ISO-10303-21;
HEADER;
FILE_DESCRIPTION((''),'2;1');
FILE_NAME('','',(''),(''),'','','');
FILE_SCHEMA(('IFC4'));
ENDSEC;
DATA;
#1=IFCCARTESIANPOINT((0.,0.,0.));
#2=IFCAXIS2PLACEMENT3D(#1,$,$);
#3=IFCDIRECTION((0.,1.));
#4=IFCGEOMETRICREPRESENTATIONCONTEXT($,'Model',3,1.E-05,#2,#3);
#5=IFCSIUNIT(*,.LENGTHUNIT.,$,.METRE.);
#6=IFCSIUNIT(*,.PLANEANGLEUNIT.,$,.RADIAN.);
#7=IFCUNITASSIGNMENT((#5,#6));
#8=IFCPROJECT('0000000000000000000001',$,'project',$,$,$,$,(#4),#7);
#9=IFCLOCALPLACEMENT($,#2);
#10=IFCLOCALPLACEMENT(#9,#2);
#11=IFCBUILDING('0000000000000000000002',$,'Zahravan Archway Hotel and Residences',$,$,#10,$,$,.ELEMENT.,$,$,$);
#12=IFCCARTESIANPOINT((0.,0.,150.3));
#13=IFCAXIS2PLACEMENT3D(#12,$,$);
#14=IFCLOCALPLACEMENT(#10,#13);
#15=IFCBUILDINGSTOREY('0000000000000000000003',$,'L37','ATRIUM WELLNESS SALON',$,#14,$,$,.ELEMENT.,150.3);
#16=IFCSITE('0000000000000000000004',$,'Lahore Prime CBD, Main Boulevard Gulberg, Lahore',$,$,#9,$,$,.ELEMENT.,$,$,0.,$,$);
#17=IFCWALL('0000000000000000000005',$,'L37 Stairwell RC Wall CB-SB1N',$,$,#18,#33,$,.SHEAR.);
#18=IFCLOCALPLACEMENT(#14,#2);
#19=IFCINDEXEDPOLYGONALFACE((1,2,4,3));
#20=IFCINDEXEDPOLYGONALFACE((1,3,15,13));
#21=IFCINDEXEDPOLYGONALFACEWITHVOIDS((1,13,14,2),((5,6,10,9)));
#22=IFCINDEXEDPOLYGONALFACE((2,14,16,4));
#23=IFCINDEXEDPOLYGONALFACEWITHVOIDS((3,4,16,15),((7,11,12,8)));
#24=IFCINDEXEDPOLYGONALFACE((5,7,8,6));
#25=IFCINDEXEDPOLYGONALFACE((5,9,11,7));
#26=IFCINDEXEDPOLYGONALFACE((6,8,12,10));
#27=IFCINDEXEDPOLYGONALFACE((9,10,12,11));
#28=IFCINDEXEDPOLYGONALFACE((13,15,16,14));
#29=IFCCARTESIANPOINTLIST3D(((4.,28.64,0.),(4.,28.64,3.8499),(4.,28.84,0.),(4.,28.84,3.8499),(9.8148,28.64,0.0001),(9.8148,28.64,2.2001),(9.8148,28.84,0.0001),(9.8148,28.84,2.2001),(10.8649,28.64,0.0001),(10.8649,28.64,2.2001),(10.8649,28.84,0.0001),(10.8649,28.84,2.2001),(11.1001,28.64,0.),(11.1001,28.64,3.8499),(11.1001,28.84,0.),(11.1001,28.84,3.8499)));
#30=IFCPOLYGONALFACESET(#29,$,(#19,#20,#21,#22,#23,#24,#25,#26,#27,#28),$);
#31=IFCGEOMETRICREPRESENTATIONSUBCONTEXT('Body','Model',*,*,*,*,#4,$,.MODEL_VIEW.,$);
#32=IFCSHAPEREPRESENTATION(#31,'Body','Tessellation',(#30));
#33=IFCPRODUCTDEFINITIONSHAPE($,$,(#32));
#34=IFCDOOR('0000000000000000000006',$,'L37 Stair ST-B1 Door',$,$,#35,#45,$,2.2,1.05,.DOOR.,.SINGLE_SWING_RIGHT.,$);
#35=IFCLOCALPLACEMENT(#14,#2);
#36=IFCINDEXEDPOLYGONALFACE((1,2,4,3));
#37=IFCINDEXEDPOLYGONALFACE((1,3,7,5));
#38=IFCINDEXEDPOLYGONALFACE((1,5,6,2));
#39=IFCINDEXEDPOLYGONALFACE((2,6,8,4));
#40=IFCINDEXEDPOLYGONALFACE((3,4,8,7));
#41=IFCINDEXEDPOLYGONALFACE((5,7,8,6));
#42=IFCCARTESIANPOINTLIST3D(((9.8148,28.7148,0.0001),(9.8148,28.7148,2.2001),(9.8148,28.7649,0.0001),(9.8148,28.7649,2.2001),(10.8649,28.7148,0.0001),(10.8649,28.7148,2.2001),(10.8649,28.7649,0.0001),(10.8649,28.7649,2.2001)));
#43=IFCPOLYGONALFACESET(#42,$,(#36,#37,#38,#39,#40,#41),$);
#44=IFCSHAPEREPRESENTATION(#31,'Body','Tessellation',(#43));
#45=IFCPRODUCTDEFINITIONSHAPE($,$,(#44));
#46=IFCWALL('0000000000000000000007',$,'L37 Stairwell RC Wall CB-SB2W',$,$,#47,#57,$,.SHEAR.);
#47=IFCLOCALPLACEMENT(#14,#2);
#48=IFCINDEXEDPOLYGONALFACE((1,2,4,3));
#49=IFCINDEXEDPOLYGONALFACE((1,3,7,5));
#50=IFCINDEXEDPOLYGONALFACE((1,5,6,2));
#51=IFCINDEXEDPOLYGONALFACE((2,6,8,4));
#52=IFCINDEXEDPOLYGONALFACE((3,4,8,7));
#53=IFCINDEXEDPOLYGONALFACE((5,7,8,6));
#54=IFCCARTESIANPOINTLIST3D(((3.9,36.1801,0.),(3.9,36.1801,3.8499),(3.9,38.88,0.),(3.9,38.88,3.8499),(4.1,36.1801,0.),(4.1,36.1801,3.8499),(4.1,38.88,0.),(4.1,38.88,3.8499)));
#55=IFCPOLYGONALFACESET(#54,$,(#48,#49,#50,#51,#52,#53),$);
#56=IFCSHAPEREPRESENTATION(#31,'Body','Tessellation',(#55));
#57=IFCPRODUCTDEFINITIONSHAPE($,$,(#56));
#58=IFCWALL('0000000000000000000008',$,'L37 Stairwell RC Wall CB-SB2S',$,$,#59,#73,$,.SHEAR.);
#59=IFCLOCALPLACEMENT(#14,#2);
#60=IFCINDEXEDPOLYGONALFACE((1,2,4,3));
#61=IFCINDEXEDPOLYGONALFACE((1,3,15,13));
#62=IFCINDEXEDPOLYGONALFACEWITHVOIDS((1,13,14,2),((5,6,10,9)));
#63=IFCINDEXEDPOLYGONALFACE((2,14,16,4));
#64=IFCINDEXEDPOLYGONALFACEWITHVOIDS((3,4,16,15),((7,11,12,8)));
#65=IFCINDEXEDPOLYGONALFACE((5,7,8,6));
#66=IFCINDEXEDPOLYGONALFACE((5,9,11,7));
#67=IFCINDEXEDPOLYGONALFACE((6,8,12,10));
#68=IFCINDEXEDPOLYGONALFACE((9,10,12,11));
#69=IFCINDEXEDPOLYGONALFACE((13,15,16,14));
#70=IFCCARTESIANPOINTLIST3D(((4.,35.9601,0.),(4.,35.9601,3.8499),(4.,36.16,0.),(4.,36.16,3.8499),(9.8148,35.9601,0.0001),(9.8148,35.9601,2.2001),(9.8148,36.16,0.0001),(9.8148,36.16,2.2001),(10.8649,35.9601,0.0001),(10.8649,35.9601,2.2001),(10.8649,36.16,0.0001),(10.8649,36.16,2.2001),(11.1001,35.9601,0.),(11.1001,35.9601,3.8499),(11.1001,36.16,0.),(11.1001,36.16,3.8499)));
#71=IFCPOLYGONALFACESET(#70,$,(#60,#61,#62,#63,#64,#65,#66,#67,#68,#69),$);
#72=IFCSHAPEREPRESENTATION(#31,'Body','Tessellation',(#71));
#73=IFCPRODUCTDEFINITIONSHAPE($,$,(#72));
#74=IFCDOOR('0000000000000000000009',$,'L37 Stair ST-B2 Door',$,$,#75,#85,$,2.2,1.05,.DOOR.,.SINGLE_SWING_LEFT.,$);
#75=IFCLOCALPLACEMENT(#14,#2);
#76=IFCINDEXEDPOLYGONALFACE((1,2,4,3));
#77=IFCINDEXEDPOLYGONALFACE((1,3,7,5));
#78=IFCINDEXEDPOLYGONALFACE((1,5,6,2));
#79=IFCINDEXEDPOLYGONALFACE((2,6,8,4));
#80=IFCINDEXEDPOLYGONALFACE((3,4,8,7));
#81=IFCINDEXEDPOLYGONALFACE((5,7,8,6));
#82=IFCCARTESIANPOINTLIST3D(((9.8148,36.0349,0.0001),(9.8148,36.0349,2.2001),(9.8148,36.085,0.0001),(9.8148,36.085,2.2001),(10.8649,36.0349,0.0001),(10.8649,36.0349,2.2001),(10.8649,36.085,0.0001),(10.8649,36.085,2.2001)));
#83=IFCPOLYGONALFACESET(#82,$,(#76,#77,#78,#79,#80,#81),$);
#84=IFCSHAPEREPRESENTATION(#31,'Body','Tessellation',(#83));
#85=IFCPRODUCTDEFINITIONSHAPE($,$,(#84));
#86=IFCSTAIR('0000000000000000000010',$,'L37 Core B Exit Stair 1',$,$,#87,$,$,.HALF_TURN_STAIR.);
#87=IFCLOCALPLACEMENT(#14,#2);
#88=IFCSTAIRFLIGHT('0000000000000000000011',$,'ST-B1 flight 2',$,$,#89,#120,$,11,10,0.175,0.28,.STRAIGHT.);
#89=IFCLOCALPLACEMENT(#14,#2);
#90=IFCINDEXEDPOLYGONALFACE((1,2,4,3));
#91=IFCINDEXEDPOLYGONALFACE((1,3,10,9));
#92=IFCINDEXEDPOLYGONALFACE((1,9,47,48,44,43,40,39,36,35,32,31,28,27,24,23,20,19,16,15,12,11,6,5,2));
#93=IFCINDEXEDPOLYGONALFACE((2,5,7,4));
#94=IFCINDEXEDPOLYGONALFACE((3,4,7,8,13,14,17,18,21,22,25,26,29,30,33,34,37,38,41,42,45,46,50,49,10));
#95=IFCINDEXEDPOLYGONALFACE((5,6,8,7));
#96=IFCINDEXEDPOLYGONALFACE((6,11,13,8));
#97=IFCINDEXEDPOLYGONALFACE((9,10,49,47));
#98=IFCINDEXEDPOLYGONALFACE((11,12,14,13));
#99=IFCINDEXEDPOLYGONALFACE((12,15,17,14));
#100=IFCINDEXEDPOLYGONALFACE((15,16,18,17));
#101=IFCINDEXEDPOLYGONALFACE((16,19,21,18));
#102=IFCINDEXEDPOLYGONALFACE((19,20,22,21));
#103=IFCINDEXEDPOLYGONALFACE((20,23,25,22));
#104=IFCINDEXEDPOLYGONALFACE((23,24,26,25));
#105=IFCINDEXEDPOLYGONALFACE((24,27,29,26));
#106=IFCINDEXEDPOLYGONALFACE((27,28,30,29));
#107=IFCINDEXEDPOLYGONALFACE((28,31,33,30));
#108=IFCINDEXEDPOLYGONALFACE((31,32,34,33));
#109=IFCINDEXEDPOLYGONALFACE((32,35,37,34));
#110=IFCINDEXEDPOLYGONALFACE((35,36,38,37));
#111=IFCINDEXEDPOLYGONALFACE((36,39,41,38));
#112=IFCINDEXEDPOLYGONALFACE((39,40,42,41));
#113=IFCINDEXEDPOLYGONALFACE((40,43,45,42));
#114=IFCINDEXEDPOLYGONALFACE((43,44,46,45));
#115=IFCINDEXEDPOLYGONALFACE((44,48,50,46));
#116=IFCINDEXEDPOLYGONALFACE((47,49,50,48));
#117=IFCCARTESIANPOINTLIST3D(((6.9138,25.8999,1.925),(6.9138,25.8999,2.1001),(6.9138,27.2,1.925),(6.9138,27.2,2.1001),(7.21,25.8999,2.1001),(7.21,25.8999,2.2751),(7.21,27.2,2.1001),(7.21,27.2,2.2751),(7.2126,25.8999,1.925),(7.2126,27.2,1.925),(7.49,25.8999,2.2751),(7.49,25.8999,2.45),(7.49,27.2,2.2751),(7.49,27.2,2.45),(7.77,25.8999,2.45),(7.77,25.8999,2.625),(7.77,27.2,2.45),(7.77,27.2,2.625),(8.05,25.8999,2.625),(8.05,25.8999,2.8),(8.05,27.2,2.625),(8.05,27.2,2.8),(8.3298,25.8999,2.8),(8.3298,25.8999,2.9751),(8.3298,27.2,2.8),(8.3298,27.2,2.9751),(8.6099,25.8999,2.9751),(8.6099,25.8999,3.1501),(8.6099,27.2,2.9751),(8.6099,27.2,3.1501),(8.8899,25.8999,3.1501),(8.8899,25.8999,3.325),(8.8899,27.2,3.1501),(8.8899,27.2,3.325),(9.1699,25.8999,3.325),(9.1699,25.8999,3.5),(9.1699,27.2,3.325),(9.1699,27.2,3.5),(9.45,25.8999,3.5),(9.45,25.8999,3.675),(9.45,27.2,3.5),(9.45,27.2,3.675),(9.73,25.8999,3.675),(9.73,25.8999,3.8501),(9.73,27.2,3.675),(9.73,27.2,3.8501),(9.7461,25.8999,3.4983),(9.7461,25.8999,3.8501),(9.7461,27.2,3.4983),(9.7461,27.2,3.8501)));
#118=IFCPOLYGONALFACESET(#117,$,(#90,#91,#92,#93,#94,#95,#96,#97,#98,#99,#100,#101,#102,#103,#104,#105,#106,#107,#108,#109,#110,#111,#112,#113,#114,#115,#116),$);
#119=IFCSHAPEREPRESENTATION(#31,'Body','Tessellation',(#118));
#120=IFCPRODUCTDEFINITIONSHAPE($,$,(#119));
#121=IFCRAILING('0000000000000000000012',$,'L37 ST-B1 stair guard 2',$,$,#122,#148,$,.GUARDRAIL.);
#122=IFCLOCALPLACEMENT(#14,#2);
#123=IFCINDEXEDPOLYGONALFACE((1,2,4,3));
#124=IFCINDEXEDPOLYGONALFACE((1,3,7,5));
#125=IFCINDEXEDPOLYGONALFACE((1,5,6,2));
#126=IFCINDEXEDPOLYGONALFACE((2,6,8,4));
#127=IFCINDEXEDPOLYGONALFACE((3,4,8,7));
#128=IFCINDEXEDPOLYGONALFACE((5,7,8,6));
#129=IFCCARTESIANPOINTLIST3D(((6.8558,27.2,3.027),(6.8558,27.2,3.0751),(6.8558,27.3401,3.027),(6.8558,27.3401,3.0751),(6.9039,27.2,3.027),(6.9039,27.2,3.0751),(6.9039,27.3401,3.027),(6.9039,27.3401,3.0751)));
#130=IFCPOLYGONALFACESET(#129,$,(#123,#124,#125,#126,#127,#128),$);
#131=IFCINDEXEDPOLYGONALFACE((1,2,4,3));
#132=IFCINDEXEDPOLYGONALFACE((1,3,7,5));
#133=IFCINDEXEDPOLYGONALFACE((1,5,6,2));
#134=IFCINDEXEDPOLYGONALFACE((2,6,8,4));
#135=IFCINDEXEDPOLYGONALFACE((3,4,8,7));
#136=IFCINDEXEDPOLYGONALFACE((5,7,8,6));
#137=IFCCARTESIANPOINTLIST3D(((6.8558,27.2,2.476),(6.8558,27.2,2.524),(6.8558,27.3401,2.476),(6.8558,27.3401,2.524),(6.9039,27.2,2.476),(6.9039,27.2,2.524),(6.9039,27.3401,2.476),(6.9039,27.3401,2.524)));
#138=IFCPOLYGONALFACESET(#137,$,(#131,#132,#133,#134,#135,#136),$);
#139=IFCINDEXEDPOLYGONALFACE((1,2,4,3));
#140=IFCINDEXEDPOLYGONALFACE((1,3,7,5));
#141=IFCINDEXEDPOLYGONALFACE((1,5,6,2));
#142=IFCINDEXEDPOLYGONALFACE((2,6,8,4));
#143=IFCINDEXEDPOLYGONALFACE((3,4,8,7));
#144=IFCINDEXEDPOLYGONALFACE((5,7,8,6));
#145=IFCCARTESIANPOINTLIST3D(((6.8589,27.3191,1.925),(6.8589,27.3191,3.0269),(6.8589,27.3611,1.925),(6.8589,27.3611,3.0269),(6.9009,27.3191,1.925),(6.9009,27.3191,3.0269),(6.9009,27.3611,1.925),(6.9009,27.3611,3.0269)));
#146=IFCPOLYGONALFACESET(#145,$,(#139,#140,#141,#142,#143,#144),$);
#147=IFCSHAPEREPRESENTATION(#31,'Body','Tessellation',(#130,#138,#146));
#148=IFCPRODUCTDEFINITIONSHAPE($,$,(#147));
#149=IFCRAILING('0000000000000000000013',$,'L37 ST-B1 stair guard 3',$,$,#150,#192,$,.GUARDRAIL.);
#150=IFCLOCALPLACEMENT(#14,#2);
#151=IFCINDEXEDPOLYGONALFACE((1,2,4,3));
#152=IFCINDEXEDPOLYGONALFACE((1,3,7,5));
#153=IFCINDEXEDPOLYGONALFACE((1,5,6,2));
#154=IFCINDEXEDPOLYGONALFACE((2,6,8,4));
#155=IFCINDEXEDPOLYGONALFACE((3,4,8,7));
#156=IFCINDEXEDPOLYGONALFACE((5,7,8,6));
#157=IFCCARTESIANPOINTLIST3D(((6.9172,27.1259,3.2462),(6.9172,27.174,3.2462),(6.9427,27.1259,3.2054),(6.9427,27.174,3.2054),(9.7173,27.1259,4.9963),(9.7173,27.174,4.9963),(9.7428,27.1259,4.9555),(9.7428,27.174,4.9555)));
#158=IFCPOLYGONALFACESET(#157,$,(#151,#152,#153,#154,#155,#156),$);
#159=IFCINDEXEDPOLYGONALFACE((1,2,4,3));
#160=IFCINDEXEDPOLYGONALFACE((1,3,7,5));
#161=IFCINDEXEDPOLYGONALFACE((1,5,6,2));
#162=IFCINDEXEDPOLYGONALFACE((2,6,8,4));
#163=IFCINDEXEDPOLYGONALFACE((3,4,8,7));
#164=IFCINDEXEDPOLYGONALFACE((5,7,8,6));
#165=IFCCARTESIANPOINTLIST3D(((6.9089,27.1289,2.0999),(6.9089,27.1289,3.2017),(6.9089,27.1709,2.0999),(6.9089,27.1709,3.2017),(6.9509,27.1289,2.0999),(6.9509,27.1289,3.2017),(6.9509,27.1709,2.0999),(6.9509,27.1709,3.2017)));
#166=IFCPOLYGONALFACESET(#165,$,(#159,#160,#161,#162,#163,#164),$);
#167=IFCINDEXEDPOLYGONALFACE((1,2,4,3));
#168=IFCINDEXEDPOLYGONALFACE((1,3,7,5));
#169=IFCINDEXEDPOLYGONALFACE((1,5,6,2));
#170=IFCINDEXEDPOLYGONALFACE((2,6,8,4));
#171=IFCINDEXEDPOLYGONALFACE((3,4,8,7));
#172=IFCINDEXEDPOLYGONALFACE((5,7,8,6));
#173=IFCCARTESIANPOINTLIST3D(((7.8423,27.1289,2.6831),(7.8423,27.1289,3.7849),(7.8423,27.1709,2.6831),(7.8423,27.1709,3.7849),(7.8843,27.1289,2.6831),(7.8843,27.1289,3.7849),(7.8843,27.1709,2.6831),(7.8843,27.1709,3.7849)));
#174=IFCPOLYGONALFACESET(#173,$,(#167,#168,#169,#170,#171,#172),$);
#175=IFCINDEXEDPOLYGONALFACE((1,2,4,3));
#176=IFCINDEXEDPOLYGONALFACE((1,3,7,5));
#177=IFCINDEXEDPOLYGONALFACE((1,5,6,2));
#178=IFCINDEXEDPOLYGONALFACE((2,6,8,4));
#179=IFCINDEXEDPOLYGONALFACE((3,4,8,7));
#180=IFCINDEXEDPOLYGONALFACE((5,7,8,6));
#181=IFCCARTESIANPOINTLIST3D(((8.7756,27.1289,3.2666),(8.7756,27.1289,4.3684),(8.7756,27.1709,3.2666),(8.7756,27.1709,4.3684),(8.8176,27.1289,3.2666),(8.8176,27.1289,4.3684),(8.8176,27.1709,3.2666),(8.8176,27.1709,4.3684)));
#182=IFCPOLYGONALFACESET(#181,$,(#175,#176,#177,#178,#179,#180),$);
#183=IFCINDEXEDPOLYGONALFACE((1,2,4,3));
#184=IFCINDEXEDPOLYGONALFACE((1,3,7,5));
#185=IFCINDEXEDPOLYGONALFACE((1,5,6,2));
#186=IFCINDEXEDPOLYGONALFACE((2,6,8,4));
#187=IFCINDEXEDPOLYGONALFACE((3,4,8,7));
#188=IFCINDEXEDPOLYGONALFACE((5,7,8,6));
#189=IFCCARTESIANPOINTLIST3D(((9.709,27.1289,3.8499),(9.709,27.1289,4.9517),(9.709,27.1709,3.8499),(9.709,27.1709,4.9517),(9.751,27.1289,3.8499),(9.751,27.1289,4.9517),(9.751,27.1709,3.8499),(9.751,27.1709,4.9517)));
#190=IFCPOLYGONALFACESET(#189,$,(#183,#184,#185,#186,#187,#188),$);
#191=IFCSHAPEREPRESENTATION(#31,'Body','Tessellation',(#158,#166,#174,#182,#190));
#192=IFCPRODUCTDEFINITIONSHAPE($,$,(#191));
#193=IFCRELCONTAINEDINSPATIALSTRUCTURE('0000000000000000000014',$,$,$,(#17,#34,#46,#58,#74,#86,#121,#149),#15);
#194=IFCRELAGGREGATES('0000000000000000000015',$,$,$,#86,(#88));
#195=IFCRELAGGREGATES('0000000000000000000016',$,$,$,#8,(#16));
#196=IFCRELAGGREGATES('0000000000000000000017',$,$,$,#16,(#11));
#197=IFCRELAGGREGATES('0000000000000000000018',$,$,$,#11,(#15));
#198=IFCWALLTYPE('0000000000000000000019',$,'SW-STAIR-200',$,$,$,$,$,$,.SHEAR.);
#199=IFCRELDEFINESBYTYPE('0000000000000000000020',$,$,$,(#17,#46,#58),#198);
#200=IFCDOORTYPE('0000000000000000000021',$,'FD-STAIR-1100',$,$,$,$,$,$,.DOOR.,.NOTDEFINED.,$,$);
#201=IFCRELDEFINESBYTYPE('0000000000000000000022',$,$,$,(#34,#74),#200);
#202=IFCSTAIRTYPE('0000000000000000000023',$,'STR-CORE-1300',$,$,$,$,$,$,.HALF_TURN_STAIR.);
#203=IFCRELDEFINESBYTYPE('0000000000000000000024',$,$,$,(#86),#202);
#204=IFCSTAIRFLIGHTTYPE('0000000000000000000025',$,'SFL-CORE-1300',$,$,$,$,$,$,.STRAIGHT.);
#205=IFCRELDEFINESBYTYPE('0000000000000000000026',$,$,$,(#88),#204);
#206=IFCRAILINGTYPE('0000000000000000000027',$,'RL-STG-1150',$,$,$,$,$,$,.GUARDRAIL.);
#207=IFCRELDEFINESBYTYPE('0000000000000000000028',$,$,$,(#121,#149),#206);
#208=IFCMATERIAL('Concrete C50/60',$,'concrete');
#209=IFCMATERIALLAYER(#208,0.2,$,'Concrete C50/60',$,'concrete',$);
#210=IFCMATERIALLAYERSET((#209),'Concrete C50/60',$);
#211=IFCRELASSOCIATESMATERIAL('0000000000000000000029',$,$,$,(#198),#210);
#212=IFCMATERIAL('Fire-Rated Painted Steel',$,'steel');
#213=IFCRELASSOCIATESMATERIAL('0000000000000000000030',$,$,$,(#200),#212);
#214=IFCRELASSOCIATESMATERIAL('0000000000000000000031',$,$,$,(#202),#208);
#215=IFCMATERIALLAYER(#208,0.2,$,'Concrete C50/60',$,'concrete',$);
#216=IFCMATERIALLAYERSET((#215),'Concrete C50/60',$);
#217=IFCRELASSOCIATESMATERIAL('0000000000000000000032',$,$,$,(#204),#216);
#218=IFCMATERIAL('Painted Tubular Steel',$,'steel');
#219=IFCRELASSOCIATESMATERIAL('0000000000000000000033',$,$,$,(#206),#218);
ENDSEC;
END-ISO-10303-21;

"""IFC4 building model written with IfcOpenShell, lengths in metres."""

from ifc_helpers import new_model, si_unit, direction, frame, frame_2d, origin, origin_2d, place, context, subcontext, project, spatial, polyline, rectangle, outline, extrude, source, transform, mapped, material, layer, layer_set, type_object, type_shapes, element, fill, aggregate, save


model = new_model("IFC4")

# Units and contexts
model_context = context("Model", 3, precision=1e-05, world=origin(), true_north=direction((0.0, 1.0)))
body_context = subcontext(model_context, "Body", "Model", "MODEL_VIEW")
ifc_project = project(units=[si_unit("LENGTHUNIT", "METRE"), si_unit("PLANEANGLEUNIT", "RADIAN")], contexts=[model_context])

# Site, building, storey
site_placement = place(None, origin())
site = spatial("IfcSite", under=ifc_project, at=site_placement, Name="Lahore Prime CBD, Main Boulevard Gulberg, Lahore", CompositionType="ELEMENT", RefElevation=0.0)
building_placement = place(site_placement, origin())
building = spatial("IfcBuilding", under=site, at=building_placement, Name="Zahravan Archway Hotel and Residences", CompositionType="ELEMENT")
storey_placement = place(building_placement, frame((0.0, 0.0, 150.3)))
storey = spatial("IfcBuildingStorey", under=building, at=storey_placement, Name="L37", Description="ATRIUM WELLNESS SALON", CompositionType="ELEMENT", Elevation=150.3)

# Shared definitions
ifc_material_1 = material(Name="Fire-Rated Painted Steel", Category="steel")

# Shared definitions
ifc_material_2 = material(Name="Concrete C50/60", Category="concrete")
ifc_layer_1 = layer(ifc_material_2, 0.2, Name="Concrete C50/60", Category="concrete")
ifc_layer_set_1 = layer_set([ifc_layer_1], Name="Concrete C50/60")
wall_type_1 = type_object("IfcWallType", Name="SW-STAIR-200", PredefinedType="SHEAR", material=ifc_layer_set_1)

# Wall, opening, door
wall_1_placement = place(storey_placement, frame((4.0, 28.74, 0.0), z_axis=(0.0, 0.0, 1.0), x_axis=(1.0, 0.0, 0.0)))
wall_1 = element("IfcWall", 1, at=wall_1_placement, inside=storey, type_object=wall_type_1, Name="L37 Stairwell RC Wall CB-SB1N", PredefinedType="SHEAR", context=body_context, shape_type="SweptSolid", body=[
    extrude(rectangle(XDim=7.1001, YDim=0.2, at=frame_2d((3.55, 0.0))), origin(), (0.0, 0.0, 1.0), 3.8499),
])
opening_1_placement = place(wall_1_placement, frame((5.8149, 0.0, 0.0)))
opening_1 = element("IfcOpeningElement", 2, at=opening_1_placement, cuts=wall_1, PredefinedType="OPENING", context=body_context, shape_type="SweptSolid", body=[
    extrude(rectangle(XDim=1.05, YDim=2.2, at=frame_2d((0.5249, 1.1001))), frame((0.0, 0.1099, 0.0), z_axis=(0.0, -1.0, 0.0), x_axis=(1.0, 0.0, 0.0)), (0.0, 0.0, 1.0), 0.22),
])
door_type_1 = type_object("IfcDoorType", Name="FD-STAIR-1100", OperationType="NOTDEFINED", PredefinedType="DOOR", material=ifc_material_1)
shared_shape_1 = source(origin(), body_context, "Body", "SweptSolid", [
    extrude(rectangle(XDim=1.05, YDim=2.2, at=frame_2d((0.5249, 1.1001))), frame((0.0, 0.0249, 0.0), z_axis=(0.0, -1.0, 0.0), x_axis=(1.0, 0.0, 0.0)), (0.0, 0.0, 1.0), 0.05),
])
type_shapes(door_type_1, [shared_shape_1])
door_1_placement = place(opening_1_placement, origin())
door_1 = element("IfcDoor", 3, at=door_1_placement, inside=storey, type_object=door_type_1, Name="L37 Stair ST-B1 Door", OperationType="SINGLE_SWING_RIGHT", OverallHeight=2.2, OverallWidth=1.05, PredefinedType="DOOR", context=body_context, shape_type="MappedRepresentation", body=[
    mapped(shared_shape_1, transform((0.0, 0.0, 0.0), scale=1.0)),
])
fill(opening_1, door_1)

# Wall
wall_2_placement = place(storey_placement, frame((4.0, 36.1799, 0.0), z_axis=(0.0, 0.0, 1.0), x_axis=(0.0, 1.0, 0.0)))
element("IfcWall", 4, at=wall_2_placement, inside=storey, type_object=wall_type_1, Name="L37 Stairwell RC Wall CB-SB2W", PredefinedType="SHEAR", context=body_context, shape_type="SweptSolid", body=[
    extrude(rectangle(XDim=2.7, YDim=0.2, at=frame_2d((1.3501, 0.0))), origin(), (0.0, 0.0, 1.0), 3.8499),
])

# Wall, opening, door
wall_3_placement = place(storey_placement, frame((4.0, 36.0601, 0.0), z_axis=(0.0, 0.0, 1.0), x_axis=(1.0, 0.0, 0.0)))
wall_3 = element("IfcWall", 5, at=wall_3_placement, inside=storey, type_object=wall_type_1, Name="L37 Stairwell RC Wall CB-SB2S", PredefinedType="SHEAR", context=body_context, shape_type="SweptSolid", body=[
    extrude(rectangle(XDim=7.1001, YDim=0.2, at=frame_2d((3.55, 0.0))), origin(), (0.0, 0.0, 1.0), 3.8499),
])
opening_2_placement = place(wall_3_placement, frame((5.8149, 0.0, 0.0)))
opening_2 = element("IfcOpeningElement", 6, at=opening_2_placement, cuts=wall_3, PredefinedType="OPENING", context=body_context, shape_type="SweptSolid", body=[
    extrude(rectangle(XDim=1.05, YDim=2.2, at=frame_2d((0.5249, 1.1001))), frame((0.0, 0.1099, 0.0), z_axis=(0.0, -1.0, 0.0), x_axis=(1.0, 0.0, 0.0)), (0.0, 0.0, 1.0), 0.22),
])
door_2_placement = place(opening_2_placement, origin())
door_2 = element("IfcDoor", 7, at=door_2_placement, inside=storey, type_object=door_type_1, Name="L37 Stair ST-B2 Door", OperationType="SINGLE_SWING_LEFT", OverallHeight=2.2, OverallWidth=1.05, PredefinedType="DOOR", context=body_context, shape_type="MappedRepresentation", body=[
    mapped(shared_shape_1, transform((0.0, 0.0, 0.0), scale=1.0)),
])
fill(opening_2, door_2)

# Stair, stair flight
stair_type = type_object("IfcStairType", Name="STR-CORE-1300", PredefinedType="HALF_TURN_STAIR", material=ifc_material_2)
stair_placement = place(storey_placement, origin())
stair = element("IfcStair", 8, at=stair_placement, inside=storey, type_object=stair_type, Name="L37 Core B Exit Stair 1", PredefinedType="HALF_TURN_STAIR")
ifc_layer_2 = layer(ifc_material_2, 0.2, Name="Concrete C50/60", Category="concrete")
ifc_layer_set_2 = layer_set([ifc_layer_2], Name="Concrete C50/60")
stair_flight_type = type_object("IfcStairFlightType", Name="SFL-CORE-1300", PredefinedType="STRAIGHT", material=ifc_layer_set_2)
shared_shape_2 = source(origin(), body_context, "Body", "SweptSolid", [
    extrude(outline(polyline([(-0.0161, 0.0), (-0.0161, 0.175), (0.28, 0.175), (0.28, 0.3501), (0.5601, 0.3501), (0.5601, 0.5249), (0.8401, 0.5249), (0.8401, 0.7), (1.1201, 0.7), (1.1201, 0.875), (1.3999, 0.875), (1.3999, 1.05), (1.6799, 1.05), (1.6799, 1.2251), (1.96, 1.2251), (1.96, 1.3999), (2.24, 1.3999), (2.24, 1.575), (2.52, 1.575), (2.52, 1.75), (2.8, 1.75), (2.8, 1.925), (2.8162, 1.925), (2.8162, 1.5732), (0.2827, 0.0), (-0.0161, 0.0)])), frame((0.0, 0.6499, 0.0), z_axis=(0.0, -1.0, 0.0), x_axis=(1.0, 0.0, 0.0)), (0.0, 0.0, 1.0), 1.3),
])
stair_flight_placement = place(storey_placement, frame((6.9299, 26.55, 1.925), z_axis=(0.0, 0.0, 1.0), x_axis=(1.0, 0.0, 0.0)))
stair_flight = element("IfcStairFlight", 9, at=stair_flight_placement, type_object=stair_flight_type, Name="ST-B1 flight 2", NumberOfRisers=11, NumberOfTreads=10, PredefinedType="STRAIGHT", RiserHeight=0.175, TreadLength=0.28, context=body_context, shape_type="MappedRepresentation", body=[
    mapped(shared_shape_2, transform((0.0, 0.0, 0.0), scale=1.0)),
])
aggregate(stair, [stair_flight])

# Railings
ifc_material_3 = material(Name="Painted Tubular Steel", Category="steel")
railing_type_1 = type_object("IfcRailingType", Name="RL-STG-1150", PredefinedType="GUARDRAIL", material=ifc_material_3)
railing_1_placement = place(storey_placement, frame((6.8799, 27.3401, 1.925)))
element("IfcRailing", 10, at=railing_1_placement, inside=storey, type_object=railing_type_1, Name="L37 ST-B1 stair guard 2", PredefinedType="GUARDRAIL", context=body_context, shape_type="SweptSolid", body=[
    extrude(rectangle(XDim=0.0481, YDim=0.0481, at=origin_2d()), frame((0.0, 0.0, 1.126), z_axis=(0.0, -1.0, 0.0), x_axis=(1.0, 0.0, 0.0)), (0.0, 0.0, 1.0), 0.1401),
    extrude(rectangle(XDim=0.0481, YDim=0.0481, at=origin_2d()), frame((0.0, 0.0, 0.575), z_axis=(0.0, -1.0, 0.0), x_axis=(1.0, 0.0, 0.0)), (0.0, 0.0, 1.0), 0.1401),
    extrude(rectangle(XDim=0.042, YDim=0.042, at=origin_2d()), origin(), (0.0, 0.0, 1.0), 1.1018),
])
railing_2_placement = place(storey_placement, frame((6.9299, 27.1499, 2.0999)))
element("IfcRailing", 11, at=railing_2_placement, inside=storey, type_object=railing_type_1, Name="L37 ST-B1 stair guard 3", PredefinedType="GUARDRAIL", context=body_context, shape_type="SweptSolid", body=[
    extrude(rectangle(XDim=0.0481, YDim=0.0481, at=origin_2d()), frame((0.0, 0.0, 1.126), z_axis=(0.848002, 0.0, 0.529992), x_axis=(0.0, 1.0, 0.0)), (0.0, 0.0, 1.0), 3.302),
    extrude(rectangle(XDim=0.042, YDim=0.042, at=origin_2d()), origin(), (0.0, 0.0, 1.0), 1.1018),
    extrude(rectangle(XDim=0.042, YDim=0.042, at=origin_2d()), frame((0.9333, 0.0, 0.5833)), (0.0, 0.0, 1.0), 1.1018),
    extrude(rectangle(XDim=0.042, YDim=0.042, at=origin_2d()), frame((1.8667, 0.0, 1.1667)), (0.0, 0.0, 1.0), 1.1018),
    extrude(rectangle(XDim=0.042, YDim=0.042, at=origin_2d()), frame((2.8, 0.0, 1.75)), (0.0, 0.0, 1.0), 1.1018),
])

save(model, "model.ifc")
